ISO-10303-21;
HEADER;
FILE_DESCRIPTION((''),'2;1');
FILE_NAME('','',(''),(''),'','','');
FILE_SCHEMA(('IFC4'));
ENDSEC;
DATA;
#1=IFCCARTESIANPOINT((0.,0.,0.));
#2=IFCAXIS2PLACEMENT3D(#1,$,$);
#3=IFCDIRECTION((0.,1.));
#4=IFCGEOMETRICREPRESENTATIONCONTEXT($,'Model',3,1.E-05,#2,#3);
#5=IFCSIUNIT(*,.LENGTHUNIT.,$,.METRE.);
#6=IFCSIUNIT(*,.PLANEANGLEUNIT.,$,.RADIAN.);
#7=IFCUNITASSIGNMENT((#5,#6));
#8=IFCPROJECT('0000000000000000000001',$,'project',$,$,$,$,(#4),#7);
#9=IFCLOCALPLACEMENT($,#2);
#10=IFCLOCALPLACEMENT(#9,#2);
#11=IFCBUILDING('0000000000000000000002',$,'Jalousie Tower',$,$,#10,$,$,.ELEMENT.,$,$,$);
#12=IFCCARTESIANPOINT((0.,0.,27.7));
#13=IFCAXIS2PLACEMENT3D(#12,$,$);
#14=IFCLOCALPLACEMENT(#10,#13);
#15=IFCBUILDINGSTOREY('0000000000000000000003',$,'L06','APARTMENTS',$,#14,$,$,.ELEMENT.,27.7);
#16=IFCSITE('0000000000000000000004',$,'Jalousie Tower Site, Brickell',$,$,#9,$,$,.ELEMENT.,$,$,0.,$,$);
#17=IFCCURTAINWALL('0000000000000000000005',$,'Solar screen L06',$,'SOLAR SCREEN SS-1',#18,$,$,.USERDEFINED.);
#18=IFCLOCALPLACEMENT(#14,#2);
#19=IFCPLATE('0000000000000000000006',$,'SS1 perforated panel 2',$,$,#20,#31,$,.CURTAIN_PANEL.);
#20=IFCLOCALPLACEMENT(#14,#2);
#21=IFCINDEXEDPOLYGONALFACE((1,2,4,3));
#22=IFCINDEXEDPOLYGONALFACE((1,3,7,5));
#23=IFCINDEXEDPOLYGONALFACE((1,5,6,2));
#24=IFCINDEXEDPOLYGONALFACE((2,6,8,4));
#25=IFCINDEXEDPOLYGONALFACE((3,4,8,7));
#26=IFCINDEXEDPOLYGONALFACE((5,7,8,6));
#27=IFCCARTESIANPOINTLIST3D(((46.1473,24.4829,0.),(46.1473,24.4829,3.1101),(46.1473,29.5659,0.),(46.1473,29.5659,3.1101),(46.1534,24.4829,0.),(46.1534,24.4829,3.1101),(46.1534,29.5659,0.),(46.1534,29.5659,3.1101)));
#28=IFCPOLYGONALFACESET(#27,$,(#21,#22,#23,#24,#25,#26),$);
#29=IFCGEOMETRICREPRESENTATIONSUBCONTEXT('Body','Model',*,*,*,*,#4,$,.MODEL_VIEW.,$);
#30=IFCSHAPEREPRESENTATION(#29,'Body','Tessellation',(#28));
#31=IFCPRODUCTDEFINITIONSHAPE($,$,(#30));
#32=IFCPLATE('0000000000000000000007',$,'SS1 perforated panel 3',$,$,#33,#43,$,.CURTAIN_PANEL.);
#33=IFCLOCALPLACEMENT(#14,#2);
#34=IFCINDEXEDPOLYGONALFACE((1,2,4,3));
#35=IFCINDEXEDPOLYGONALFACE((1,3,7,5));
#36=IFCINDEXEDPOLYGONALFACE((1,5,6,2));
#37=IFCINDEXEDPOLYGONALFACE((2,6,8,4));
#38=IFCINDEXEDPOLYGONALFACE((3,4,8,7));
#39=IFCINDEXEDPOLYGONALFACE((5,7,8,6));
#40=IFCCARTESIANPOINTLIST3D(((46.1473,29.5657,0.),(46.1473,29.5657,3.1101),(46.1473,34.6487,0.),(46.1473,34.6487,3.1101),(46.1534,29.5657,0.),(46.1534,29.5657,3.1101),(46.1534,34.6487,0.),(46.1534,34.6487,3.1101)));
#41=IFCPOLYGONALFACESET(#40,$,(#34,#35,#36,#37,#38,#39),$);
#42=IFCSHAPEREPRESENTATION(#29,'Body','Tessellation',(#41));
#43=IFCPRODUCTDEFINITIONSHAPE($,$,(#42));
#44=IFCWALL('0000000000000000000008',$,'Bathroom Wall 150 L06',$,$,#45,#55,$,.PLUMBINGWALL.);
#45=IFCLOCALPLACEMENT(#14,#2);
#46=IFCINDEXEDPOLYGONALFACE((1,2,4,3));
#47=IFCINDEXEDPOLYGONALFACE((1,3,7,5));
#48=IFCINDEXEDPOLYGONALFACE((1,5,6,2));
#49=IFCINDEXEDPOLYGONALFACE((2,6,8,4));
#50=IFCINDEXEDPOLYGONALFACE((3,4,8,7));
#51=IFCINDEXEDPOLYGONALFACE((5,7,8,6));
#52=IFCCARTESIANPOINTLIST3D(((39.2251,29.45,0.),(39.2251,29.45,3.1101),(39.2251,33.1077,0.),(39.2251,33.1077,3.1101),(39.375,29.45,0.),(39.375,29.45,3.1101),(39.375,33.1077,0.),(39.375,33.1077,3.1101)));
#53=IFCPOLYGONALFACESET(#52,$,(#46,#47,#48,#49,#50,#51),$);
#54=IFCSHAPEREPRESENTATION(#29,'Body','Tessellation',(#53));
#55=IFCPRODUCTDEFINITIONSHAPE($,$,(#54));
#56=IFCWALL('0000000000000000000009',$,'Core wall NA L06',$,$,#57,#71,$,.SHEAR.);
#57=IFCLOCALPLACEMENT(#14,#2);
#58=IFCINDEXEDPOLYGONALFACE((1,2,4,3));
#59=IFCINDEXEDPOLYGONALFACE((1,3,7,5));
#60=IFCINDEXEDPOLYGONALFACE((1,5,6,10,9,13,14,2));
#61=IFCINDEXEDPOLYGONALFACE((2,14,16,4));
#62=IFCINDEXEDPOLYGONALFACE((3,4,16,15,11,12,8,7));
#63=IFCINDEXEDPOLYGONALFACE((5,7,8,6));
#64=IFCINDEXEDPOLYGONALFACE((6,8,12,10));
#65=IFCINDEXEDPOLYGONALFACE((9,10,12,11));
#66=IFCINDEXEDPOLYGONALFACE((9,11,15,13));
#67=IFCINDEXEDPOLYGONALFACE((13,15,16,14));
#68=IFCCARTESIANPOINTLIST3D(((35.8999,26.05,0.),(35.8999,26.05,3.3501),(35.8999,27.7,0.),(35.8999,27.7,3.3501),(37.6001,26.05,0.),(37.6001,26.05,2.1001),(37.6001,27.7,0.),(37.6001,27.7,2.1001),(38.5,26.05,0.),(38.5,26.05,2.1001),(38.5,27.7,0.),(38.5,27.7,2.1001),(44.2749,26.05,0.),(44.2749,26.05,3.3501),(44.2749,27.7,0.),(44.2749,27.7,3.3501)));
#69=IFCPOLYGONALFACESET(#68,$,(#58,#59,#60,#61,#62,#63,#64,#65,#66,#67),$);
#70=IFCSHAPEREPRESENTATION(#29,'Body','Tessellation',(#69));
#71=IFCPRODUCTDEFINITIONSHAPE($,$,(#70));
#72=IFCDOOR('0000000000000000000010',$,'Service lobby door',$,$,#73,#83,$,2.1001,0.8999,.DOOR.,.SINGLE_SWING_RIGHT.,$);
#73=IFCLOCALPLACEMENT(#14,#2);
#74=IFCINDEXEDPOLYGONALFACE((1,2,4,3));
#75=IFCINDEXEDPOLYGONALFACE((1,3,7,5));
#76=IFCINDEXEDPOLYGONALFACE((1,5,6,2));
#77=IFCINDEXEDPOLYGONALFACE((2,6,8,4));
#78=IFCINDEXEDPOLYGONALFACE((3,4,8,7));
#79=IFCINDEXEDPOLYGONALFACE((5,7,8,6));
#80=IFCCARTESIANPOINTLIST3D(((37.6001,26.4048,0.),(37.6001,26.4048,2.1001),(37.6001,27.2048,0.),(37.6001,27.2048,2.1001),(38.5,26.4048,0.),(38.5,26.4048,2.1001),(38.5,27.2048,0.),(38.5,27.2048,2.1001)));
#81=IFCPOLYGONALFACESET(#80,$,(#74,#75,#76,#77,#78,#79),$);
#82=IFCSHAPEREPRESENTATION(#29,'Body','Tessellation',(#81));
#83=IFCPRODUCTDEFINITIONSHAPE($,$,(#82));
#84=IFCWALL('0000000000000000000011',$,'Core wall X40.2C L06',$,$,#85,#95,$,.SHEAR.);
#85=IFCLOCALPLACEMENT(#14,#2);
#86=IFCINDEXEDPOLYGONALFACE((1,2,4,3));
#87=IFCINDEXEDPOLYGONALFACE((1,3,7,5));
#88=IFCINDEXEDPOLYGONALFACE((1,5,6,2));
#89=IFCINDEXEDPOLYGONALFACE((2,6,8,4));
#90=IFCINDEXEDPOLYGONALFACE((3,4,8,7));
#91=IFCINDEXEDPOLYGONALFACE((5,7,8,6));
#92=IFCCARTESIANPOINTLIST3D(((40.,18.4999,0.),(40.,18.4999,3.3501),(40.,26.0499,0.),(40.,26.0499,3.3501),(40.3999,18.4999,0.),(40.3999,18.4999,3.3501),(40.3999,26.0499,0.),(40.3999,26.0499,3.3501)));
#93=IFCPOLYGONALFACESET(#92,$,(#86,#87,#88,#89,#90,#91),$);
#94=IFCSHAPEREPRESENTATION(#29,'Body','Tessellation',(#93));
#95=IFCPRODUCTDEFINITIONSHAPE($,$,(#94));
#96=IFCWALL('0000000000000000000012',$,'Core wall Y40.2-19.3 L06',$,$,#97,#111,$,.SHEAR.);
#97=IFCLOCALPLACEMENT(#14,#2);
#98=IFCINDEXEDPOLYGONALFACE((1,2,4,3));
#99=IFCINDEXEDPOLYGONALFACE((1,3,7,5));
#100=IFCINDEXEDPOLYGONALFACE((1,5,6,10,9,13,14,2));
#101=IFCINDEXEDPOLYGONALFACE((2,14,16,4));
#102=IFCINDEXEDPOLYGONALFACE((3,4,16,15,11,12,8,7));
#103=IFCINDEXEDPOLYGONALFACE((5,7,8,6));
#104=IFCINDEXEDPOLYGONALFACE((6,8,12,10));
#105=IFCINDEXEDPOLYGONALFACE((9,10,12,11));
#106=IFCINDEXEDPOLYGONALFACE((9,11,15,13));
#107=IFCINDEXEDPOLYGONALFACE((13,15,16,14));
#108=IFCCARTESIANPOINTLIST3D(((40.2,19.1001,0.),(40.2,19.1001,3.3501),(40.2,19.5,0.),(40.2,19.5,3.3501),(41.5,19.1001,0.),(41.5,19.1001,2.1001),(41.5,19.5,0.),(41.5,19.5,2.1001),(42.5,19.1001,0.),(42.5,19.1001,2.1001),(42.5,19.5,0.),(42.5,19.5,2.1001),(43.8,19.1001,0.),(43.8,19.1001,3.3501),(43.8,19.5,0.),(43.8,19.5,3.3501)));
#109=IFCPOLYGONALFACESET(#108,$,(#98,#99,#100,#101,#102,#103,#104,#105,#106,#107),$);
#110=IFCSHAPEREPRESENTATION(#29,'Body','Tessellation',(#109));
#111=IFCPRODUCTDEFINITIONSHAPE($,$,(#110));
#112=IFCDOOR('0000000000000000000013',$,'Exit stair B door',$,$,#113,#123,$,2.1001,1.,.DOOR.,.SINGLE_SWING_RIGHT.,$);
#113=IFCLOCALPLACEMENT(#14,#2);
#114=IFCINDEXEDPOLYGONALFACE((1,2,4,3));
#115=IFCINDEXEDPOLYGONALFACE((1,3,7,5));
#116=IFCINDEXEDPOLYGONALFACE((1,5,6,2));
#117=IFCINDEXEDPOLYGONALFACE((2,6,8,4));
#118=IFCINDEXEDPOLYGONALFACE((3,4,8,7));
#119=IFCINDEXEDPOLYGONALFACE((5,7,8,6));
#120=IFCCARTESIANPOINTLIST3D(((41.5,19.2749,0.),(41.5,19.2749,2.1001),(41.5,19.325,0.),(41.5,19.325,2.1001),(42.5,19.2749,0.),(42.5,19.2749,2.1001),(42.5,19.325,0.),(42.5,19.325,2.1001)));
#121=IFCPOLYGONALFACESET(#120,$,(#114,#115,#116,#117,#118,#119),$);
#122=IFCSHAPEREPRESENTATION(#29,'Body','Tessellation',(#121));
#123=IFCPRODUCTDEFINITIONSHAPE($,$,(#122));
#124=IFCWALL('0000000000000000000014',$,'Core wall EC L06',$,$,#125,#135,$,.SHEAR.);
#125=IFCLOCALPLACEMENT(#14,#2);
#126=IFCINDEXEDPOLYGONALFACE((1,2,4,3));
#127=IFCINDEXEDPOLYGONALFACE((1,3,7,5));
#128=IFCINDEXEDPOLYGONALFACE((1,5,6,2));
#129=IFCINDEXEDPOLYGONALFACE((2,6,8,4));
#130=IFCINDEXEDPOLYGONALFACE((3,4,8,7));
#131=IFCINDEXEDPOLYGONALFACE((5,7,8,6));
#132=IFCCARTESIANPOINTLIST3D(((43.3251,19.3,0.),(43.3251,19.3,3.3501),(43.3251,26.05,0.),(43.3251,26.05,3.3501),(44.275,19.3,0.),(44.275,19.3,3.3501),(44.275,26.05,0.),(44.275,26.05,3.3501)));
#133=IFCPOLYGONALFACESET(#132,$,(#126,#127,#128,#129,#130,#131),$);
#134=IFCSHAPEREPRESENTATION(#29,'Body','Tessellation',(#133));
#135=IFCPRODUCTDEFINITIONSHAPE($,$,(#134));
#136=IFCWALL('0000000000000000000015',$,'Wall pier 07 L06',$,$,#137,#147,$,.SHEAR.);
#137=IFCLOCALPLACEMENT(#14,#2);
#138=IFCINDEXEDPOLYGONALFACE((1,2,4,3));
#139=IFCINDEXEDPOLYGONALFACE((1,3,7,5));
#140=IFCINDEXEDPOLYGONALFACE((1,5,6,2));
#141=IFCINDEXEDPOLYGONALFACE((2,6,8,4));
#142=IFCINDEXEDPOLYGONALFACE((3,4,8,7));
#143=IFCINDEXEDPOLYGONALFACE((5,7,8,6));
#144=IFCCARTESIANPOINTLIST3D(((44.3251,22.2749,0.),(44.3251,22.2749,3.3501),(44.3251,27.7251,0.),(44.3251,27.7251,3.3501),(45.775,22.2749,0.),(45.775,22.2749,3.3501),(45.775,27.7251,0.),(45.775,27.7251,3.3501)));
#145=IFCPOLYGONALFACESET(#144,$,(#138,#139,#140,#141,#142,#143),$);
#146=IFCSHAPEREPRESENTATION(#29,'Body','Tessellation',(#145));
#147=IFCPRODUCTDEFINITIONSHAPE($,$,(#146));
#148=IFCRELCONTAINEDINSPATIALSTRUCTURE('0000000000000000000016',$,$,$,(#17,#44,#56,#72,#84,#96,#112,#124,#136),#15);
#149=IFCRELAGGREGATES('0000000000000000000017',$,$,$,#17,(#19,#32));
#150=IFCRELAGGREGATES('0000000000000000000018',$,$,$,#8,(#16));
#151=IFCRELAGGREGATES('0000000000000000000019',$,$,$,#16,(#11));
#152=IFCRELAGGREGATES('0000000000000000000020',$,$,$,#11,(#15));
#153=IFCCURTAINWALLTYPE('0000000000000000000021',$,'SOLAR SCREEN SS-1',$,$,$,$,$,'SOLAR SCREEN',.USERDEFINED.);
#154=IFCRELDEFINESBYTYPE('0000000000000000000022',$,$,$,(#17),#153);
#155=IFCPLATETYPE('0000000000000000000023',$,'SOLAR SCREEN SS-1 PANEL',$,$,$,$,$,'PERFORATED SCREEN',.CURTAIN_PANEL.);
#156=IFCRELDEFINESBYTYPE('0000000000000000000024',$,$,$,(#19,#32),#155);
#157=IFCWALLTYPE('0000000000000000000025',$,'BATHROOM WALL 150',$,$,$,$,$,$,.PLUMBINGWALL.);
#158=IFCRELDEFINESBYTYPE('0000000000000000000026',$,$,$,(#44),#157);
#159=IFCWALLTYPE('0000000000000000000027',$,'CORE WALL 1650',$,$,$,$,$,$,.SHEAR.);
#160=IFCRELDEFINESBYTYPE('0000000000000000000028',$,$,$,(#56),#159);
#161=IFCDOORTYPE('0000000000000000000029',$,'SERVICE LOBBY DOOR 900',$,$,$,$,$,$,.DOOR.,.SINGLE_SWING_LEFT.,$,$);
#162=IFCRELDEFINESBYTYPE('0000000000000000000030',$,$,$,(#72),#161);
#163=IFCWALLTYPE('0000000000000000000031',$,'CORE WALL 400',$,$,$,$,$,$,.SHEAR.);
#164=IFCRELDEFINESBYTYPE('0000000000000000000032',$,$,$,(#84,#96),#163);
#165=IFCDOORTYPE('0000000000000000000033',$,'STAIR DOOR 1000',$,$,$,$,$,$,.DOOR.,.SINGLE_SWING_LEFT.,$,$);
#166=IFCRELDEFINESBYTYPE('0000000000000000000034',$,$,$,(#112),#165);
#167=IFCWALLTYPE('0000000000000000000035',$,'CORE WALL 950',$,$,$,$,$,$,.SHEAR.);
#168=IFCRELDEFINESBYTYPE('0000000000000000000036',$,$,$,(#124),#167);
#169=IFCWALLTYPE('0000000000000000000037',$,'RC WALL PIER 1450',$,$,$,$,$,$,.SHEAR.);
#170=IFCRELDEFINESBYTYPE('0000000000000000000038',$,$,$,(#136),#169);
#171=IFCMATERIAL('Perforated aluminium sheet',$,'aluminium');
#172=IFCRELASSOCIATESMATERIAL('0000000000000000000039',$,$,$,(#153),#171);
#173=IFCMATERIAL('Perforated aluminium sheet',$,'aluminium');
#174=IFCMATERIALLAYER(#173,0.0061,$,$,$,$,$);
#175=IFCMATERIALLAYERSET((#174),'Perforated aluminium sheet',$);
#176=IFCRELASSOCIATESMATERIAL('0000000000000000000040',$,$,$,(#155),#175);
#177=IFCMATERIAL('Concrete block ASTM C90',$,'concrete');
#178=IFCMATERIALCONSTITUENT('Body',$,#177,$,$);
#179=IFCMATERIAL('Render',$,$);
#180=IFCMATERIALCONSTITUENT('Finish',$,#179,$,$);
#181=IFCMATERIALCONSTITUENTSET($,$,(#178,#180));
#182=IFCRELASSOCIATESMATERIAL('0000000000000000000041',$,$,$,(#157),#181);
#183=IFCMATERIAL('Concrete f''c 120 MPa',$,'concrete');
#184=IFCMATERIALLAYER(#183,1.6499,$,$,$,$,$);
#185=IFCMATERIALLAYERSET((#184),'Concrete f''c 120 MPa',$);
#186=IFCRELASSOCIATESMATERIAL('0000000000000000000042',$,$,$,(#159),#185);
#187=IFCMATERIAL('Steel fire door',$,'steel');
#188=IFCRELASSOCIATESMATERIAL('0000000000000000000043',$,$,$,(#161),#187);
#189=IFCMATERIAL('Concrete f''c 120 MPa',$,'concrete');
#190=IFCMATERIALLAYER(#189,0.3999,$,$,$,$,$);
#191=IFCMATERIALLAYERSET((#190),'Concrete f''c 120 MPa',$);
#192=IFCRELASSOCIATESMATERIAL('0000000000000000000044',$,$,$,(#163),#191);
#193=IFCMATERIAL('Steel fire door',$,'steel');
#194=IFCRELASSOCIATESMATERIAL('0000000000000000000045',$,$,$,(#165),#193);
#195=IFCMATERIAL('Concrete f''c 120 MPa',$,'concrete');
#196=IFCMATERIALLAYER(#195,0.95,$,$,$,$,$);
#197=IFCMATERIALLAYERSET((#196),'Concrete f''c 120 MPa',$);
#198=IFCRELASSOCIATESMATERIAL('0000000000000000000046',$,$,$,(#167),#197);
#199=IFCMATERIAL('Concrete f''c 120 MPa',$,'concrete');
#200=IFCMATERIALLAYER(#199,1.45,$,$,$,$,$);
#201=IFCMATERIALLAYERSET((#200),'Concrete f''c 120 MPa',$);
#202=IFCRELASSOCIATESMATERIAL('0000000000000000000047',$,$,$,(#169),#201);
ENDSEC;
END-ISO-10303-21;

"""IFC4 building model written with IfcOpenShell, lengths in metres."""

from ifc_helpers import new_model, si_unit, direction, frame, frame_2d, origin, origin_2d, place, context, subcontext, project, spatial, rectangle, extrude, material, layer, layer_set, constituent, constituent_set, type_object, element, fill, aggregate, save


model = new_model("IFC4")

# Units and contexts
model_context = context("Model", 3, precision=1e-05, world=origin(), true_north=direction((0.0, 1.0)))
body_context = subcontext(model_context, "Body", "Model", "MODEL_VIEW")
ifc_project = project(units=[si_unit("LENGTHUNIT", "METRE"), si_unit("PLANEANGLEUNIT", "RADIAN")], contexts=[model_context])

# Site, building, storey
site_placement = place(None, origin())
site = spatial("IfcSite", under=ifc_project, at=site_placement, Name="Jalousie Tower Site, Brickell", CompositionType="ELEMENT", RefElevation=0.0)
building_placement = place(site_placement, origin())
building = spatial("IfcBuilding", under=site, at=building_placement, Name="Jalousie Tower", CompositionType="ELEMENT")
storey_placement = place(building_placement, frame((0.0, 0.0, 27.7)))
storey = spatial("IfcBuildingStorey", under=building, at=storey_placement, Name="L06", Description="APARTMENTS", CompositionType="ELEMENT", Elevation=27.7)

# Shared definitions
ifc_material_1 = material(Name="Perforated aluminium sheet", Category="aluminium")
curtain_wall_type = type_object("IfcCurtainWallType", Name="SOLAR SCREEN SS-1", ElementType="SOLAR SCREEN", PredefinedType="USERDEFINED", material=ifc_material_1)

# Curtain wall, plates
curtain_wall_1_placement = place(storey_placement, origin())
curtain_wall_1 = element("IfcCurtainWall", 1, at=curtain_wall_1_placement, inside=storey, type_object=curtain_wall_type, Name="Solar screen L06", ObjectType="SOLAR SCREEN SS-1", PredefinedType="USERDEFINED")
ifc_material_2 = material(Name="Perforated aluminium sheet", Category="aluminium")
ifc_layer_1 = layer(ifc_material_2, 0.0061)
ifc_layer_set_1 = layer_set([ifc_layer_1], Name="Perforated aluminium sheet")
plate_type = type_object("IfcPlateType", Name="SOLAR SCREEN SS-1 PANEL", ElementType="PERFORATED SCREEN", PredefinedType="CURTAIN_PANEL", material=ifc_layer_set_1)
plate_1_placement = place(storey_placement, frame((46.1504, 27.0244, 0.0), z_axis=(0.0, 0.0, 1.0), x_axis=(0.0, 1.0, 0.0)))
plate_1 = element("IfcPlate", 2, at=plate_1_placement, type_object=plate_type, Name="SS1 perforated panel 2", PredefinedType="CURTAIN_PANEL", context=body_context, shape_type="SweptSolid", body=[
    extrude(rectangle(XDim=5.083, YDim=0.0061, at=origin_2d()), origin(), (0.0, 0.0, 1.0), 3.1101),
])
plate_2_placement = place(storey_placement, frame((46.1504, 32.1072, 0.0), z_axis=(0.0, 0.0, 1.0), x_axis=(0.0, 1.0, 0.0)))
plate_2 = element("IfcPlate", 3, at=plate_2_placement, type_object=plate_type, Name="SS1 perforated panel 3", PredefinedType="CURTAIN_PANEL", context=body_context, shape_type="SweptSolid", body=[
    extrude(rectangle(XDim=5.083, YDim=0.0061, at=origin_2d()), origin(), (0.0, 0.0, 1.0), 3.1101),
])
aggregate(curtain_wall_1, [plate_1, plate_2])

# Wall
ifc_material_3 = material(Name="Concrete block ASTM C90", Category="concrete")
ifc_constituent_1 = constituent(ifc_material_3, Name="Body")
ifc_material_4 = material(Name="Render")
ifc_constituent_2 = constituent(ifc_material_4, Name="Finish")
ifc_constituent_set_1 = constituent_set(constituents=[ifc_constituent_1, ifc_constituent_2])
wall_type_1 = type_object("IfcWallType", Name="BATHROOM WALL 150", PredefinedType="PLUMBINGWALL", material=ifc_constituent_set_1)
wall_1_placement = place(storey_placement, frame((39.3, 33.1077, 0.0), z_axis=(0.0, 0.0, 1.0), x_axis=(0.0, -1.0, 0.0)))
element("IfcWall", 4, at=wall_1_placement, inside=storey, type_object=wall_type_1, Name="Bathroom Wall 150 L06", PredefinedType="PLUMBINGWALL", context=body_context, shape_type="SweptSolid", body=[
    extrude(rectangle(XDim=3.6577, YDim=0.1499, at=frame_2d((1.8289, 0.0))), origin(), (0.0, 0.0, 1.0), 3.1101),
])

# Wall, opening, door
ifc_material_5 = material(Name="Concrete f'c 120 MPa", Category="concrete")
ifc_layer_2 = layer(ifc_material_5, 1.6499)
ifc_layer_set_2 = layer_set([ifc_layer_2], Name="Concrete f'c 120 MPa")
wall_type_2 = type_object("IfcWallType", Name="CORE WALL 1650", PredefinedType="SHEAR", material=ifc_layer_set_2)
wall_2_placement = place(storey_placement, frame((44.2749, 26.875, 0.0), z_axis=(0.0, 0.0, 1.0), x_axis=(-1.0, 0.0, 0.0)))
wall_2 = element("IfcWall", 5, at=wall_2_placement, inside=storey, type_object=wall_type_2, Name="Core wall NA L06", PredefinedType="SHEAR", context=body_context, shape_type="SweptSolid", body=[
    extrude(rectangle(XDim=8.375, YDim=1.6499, at=frame_2d((4.1875, 0.0))), origin(), (0.0, 0.0, 1.0), 3.3501),
])
opening_1_placement = place(wall_2_placement, frame((5.7749, 0.0, 0.0)))
opening_1 = element("IfcOpeningElement", 6, at=opening_1_placement, cuts=wall_2, PredefinedType="OPENING", context=body_context, shape_type="SweptSolid", body=[
    extrude(rectangle(XDim=0.8999, YDim=2.1001, at=frame_2d((0.45, 1.05))), frame((0.0, 0.835, 0.0), z_axis=(0.0, -1.0, 0.0), x_axis=(1.0, 0.0, 0.0)), (0.0, 0.0, 1.0), 1.6699),
])
ifc_material_6 = material(Name="Steel fire door", Category="steel")
door_type_1 = type_object("IfcDoorType", Name="SERVICE LOBBY DOOR 900", OperationType="SINGLE_SWING_LEFT", PredefinedType="DOOR", material=ifc_material_6)
door_1_placement = place(opening_1_placement, origin())
door_1 = element("IfcDoor", 7, at=door_1_placement, inside=storey, type_object=door_type_1, Name="Service lobby door", OperationType="SINGLE_SWING_RIGHT", OverallHeight=2.1001, OverallWidth=0.8999, PredefinedType="DOOR", context=body_context, shape_type="SweptSolid", body=[
    extrude(rectangle(XDim=0.8999, YDim=2.1001, at=frame_2d((0.45, 1.05))), frame((0.0, 0.4702, 0.0), z_axis=(0.0, -1.0, 0.0), x_axis=(1.0, 0.0, 0.0)), (0.0, 0.0, 1.0), 0.8),
])
fill(opening_1, door_1)

# Wall
ifc_material_7 = material(Name="Concrete f'c 120 MPa", Category="concrete")
ifc_layer_3 = layer(ifc_material_7, 0.3999)
ifc_layer_set_3 = layer_set([ifc_layer_3], Name="Concrete f'c 120 MPa")
wall_type_3 = type_object("IfcWallType", Name="CORE WALL 400", PredefinedType="SHEAR", material=ifc_layer_set_3)
wall_3_placement = place(storey_placement, frame((40.2, 18.5, 0.0), z_axis=(0.0, 0.0, 1.0), x_axis=(0.0, 1.0, 0.0)))
element("IfcWall", 8, at=wall_3_placement, inside=storey, type_object=wall_type_3, Name="Core wall X40.2C L06", PredefinedType="SHEAR", context=body_context, shape_type="SweptSolid", body=[
    extrude(rectangle(XDim=7.55, YDim=0.3999, at=frame_2d((3.7749, 0.0))), origin(), (0.0, 0.0, 1.0), 3.3501),
])

# Wall, opening, door
wall_4_placement = place(storey_placement, frame((40.2, 19.3, 0.0), z_axis=(0.0, 0.0, 1.0), x_axis=(1.0, 0.0, 0.0)))
wall_4 = element("IfcWall", 9, at=wall_4_placement, inside=storey, type_object=wall_type_3, Name="Core wall Y40.2-19.3 L06", PredefinedType="SHEAR", context=body_context, shape_type="SweptSolid", body=[
    extrude(rectangle(XDim=3.6001, YDim=0.3999, at=frame_2d((1.8, 0.0))), origin(), (0.0, 0.0, 1.0), 3.3501),
])
opening_2_placement = place(wall_4_placement, frame((1.3, 0.0, 0.0)))
opening_2 = element("IfcOpeningElement", 10, at=opening_2_placement, cuts=wall_4, PredefinedType="OPENING", context=body_context, shape_type="SweptSolid", body=[
    extrude(rectangle(XDim=1.0, YDim=2.1001, at=frame_2d((0.5, 1.05))), frame((0.0, 0.21, 0.0), z_axis=(0.0, -1.0, 0.0), x_axis=(1.0, 0.0, 0.0)), (0.0, 0.0, 1.0), 0.4199),
])
ifc_material_8 = material(Name="Steel fire door", Category="steel")
door_type_2 = type_object("IfcDoorType", Name="STAIR DOOR 1000", OperationType="SINGLE_SWING_LEFT", PredefinedType="DOOR", material=ifc_material_8)
door_2_placement = place(opening_2_placement, origin())
door_2 = element("IfcDoor", 11, at=door_2_placement, inside=storey, type_object=door_type_2, Name="Exit stair B door", OperationType="SINGLE_SWING_RIGHT", OverallHeight=2.1001, OverallWidth=1.0, PredefinedType="DOOR", context=body_context, shape_type="SweptSolid", body=[
    extrude(rectangle(XDim=1.0, YDim=2.1001, at=frame_2d((0.5, 1.05))), frame((0.0, 0.0249, 0.0), z_axis=(0.0, -1.0, 0.0), x_axis=(1.0, 0.0, 0.0)), (0.0, 0.0, 1.0), 0.05),
])
fill(opening_2, door_2)

# Walls
ifc_material_9 = material(Name="Concrete f'c 120 MPa", Category="concrete")
ifc_layer_4 = layer(ifc_material_9, 0.95)
ifc_layer_set_4 = layer_set([ifc_layer_4], Name="Concrete f'c 120 MPa")
wall_type_4 = type_object("IfcWallType", Name="CORE WALL 950", PredefinedType="SHEAR", material=ifc_layer_set_4)
wall_5_placement = place(storey_placement, frame((43.8, 19.3, 0.0), z_axis=(0.0, 0.0, 1.0), x_axis=(0.0, 1.0, 0.0)))
element("IfcWall", 12, at=wall_5_placement, inside=storey, type_object=wall_type_4, Name="Core wall EC L06", PredefinedType="SHEAR", context=body_context, shape_type="SweptSolid", body=[
    extrude(rectangle(XDim=6.75, YDim=0.95, at=frame_2d((3.375, 0.0))), origin(), (0.0, 0.0, 1.0), 3.3501),
])
ifc_material_10 = material(Name="Concrete f'c 120 MPa", Category="concrete")
ifc_layer_5 = layer(ifc_material_10, 1.45)
ifc_layer_set_5 = layer_set([ifc_layer_5], Name="Concrete f'c 120 MPa")
wall_type_5 = type_object("IfcWallType", Name="RC WALL PIER 1450", PredefinedType="SHEAR", material=ifc_layer_set_5)
wall_6_placement = place(storey_placement, frame((45.05, 22.2749, 0.0), z_axis=(0.0, 0.0, 1.0), x_axis=(0.0, 1.0, 0.0)))
element("IfcWall", 13, at=wall_6_placement, inside=storey, type_object=wall_type_5, Name="Wall pier 07 L06", PredefinedType="SHEAR", context=body_context, shape_type="SweptSolid", body=[
    extrude(rectangle(XDim=5.4502, YDim=1.45, at=frame_2d((2.7251, 0.0))), origin(), (0.0, 0.0, 1.0), 3.3501),
])

save(model, "model.ifc")
